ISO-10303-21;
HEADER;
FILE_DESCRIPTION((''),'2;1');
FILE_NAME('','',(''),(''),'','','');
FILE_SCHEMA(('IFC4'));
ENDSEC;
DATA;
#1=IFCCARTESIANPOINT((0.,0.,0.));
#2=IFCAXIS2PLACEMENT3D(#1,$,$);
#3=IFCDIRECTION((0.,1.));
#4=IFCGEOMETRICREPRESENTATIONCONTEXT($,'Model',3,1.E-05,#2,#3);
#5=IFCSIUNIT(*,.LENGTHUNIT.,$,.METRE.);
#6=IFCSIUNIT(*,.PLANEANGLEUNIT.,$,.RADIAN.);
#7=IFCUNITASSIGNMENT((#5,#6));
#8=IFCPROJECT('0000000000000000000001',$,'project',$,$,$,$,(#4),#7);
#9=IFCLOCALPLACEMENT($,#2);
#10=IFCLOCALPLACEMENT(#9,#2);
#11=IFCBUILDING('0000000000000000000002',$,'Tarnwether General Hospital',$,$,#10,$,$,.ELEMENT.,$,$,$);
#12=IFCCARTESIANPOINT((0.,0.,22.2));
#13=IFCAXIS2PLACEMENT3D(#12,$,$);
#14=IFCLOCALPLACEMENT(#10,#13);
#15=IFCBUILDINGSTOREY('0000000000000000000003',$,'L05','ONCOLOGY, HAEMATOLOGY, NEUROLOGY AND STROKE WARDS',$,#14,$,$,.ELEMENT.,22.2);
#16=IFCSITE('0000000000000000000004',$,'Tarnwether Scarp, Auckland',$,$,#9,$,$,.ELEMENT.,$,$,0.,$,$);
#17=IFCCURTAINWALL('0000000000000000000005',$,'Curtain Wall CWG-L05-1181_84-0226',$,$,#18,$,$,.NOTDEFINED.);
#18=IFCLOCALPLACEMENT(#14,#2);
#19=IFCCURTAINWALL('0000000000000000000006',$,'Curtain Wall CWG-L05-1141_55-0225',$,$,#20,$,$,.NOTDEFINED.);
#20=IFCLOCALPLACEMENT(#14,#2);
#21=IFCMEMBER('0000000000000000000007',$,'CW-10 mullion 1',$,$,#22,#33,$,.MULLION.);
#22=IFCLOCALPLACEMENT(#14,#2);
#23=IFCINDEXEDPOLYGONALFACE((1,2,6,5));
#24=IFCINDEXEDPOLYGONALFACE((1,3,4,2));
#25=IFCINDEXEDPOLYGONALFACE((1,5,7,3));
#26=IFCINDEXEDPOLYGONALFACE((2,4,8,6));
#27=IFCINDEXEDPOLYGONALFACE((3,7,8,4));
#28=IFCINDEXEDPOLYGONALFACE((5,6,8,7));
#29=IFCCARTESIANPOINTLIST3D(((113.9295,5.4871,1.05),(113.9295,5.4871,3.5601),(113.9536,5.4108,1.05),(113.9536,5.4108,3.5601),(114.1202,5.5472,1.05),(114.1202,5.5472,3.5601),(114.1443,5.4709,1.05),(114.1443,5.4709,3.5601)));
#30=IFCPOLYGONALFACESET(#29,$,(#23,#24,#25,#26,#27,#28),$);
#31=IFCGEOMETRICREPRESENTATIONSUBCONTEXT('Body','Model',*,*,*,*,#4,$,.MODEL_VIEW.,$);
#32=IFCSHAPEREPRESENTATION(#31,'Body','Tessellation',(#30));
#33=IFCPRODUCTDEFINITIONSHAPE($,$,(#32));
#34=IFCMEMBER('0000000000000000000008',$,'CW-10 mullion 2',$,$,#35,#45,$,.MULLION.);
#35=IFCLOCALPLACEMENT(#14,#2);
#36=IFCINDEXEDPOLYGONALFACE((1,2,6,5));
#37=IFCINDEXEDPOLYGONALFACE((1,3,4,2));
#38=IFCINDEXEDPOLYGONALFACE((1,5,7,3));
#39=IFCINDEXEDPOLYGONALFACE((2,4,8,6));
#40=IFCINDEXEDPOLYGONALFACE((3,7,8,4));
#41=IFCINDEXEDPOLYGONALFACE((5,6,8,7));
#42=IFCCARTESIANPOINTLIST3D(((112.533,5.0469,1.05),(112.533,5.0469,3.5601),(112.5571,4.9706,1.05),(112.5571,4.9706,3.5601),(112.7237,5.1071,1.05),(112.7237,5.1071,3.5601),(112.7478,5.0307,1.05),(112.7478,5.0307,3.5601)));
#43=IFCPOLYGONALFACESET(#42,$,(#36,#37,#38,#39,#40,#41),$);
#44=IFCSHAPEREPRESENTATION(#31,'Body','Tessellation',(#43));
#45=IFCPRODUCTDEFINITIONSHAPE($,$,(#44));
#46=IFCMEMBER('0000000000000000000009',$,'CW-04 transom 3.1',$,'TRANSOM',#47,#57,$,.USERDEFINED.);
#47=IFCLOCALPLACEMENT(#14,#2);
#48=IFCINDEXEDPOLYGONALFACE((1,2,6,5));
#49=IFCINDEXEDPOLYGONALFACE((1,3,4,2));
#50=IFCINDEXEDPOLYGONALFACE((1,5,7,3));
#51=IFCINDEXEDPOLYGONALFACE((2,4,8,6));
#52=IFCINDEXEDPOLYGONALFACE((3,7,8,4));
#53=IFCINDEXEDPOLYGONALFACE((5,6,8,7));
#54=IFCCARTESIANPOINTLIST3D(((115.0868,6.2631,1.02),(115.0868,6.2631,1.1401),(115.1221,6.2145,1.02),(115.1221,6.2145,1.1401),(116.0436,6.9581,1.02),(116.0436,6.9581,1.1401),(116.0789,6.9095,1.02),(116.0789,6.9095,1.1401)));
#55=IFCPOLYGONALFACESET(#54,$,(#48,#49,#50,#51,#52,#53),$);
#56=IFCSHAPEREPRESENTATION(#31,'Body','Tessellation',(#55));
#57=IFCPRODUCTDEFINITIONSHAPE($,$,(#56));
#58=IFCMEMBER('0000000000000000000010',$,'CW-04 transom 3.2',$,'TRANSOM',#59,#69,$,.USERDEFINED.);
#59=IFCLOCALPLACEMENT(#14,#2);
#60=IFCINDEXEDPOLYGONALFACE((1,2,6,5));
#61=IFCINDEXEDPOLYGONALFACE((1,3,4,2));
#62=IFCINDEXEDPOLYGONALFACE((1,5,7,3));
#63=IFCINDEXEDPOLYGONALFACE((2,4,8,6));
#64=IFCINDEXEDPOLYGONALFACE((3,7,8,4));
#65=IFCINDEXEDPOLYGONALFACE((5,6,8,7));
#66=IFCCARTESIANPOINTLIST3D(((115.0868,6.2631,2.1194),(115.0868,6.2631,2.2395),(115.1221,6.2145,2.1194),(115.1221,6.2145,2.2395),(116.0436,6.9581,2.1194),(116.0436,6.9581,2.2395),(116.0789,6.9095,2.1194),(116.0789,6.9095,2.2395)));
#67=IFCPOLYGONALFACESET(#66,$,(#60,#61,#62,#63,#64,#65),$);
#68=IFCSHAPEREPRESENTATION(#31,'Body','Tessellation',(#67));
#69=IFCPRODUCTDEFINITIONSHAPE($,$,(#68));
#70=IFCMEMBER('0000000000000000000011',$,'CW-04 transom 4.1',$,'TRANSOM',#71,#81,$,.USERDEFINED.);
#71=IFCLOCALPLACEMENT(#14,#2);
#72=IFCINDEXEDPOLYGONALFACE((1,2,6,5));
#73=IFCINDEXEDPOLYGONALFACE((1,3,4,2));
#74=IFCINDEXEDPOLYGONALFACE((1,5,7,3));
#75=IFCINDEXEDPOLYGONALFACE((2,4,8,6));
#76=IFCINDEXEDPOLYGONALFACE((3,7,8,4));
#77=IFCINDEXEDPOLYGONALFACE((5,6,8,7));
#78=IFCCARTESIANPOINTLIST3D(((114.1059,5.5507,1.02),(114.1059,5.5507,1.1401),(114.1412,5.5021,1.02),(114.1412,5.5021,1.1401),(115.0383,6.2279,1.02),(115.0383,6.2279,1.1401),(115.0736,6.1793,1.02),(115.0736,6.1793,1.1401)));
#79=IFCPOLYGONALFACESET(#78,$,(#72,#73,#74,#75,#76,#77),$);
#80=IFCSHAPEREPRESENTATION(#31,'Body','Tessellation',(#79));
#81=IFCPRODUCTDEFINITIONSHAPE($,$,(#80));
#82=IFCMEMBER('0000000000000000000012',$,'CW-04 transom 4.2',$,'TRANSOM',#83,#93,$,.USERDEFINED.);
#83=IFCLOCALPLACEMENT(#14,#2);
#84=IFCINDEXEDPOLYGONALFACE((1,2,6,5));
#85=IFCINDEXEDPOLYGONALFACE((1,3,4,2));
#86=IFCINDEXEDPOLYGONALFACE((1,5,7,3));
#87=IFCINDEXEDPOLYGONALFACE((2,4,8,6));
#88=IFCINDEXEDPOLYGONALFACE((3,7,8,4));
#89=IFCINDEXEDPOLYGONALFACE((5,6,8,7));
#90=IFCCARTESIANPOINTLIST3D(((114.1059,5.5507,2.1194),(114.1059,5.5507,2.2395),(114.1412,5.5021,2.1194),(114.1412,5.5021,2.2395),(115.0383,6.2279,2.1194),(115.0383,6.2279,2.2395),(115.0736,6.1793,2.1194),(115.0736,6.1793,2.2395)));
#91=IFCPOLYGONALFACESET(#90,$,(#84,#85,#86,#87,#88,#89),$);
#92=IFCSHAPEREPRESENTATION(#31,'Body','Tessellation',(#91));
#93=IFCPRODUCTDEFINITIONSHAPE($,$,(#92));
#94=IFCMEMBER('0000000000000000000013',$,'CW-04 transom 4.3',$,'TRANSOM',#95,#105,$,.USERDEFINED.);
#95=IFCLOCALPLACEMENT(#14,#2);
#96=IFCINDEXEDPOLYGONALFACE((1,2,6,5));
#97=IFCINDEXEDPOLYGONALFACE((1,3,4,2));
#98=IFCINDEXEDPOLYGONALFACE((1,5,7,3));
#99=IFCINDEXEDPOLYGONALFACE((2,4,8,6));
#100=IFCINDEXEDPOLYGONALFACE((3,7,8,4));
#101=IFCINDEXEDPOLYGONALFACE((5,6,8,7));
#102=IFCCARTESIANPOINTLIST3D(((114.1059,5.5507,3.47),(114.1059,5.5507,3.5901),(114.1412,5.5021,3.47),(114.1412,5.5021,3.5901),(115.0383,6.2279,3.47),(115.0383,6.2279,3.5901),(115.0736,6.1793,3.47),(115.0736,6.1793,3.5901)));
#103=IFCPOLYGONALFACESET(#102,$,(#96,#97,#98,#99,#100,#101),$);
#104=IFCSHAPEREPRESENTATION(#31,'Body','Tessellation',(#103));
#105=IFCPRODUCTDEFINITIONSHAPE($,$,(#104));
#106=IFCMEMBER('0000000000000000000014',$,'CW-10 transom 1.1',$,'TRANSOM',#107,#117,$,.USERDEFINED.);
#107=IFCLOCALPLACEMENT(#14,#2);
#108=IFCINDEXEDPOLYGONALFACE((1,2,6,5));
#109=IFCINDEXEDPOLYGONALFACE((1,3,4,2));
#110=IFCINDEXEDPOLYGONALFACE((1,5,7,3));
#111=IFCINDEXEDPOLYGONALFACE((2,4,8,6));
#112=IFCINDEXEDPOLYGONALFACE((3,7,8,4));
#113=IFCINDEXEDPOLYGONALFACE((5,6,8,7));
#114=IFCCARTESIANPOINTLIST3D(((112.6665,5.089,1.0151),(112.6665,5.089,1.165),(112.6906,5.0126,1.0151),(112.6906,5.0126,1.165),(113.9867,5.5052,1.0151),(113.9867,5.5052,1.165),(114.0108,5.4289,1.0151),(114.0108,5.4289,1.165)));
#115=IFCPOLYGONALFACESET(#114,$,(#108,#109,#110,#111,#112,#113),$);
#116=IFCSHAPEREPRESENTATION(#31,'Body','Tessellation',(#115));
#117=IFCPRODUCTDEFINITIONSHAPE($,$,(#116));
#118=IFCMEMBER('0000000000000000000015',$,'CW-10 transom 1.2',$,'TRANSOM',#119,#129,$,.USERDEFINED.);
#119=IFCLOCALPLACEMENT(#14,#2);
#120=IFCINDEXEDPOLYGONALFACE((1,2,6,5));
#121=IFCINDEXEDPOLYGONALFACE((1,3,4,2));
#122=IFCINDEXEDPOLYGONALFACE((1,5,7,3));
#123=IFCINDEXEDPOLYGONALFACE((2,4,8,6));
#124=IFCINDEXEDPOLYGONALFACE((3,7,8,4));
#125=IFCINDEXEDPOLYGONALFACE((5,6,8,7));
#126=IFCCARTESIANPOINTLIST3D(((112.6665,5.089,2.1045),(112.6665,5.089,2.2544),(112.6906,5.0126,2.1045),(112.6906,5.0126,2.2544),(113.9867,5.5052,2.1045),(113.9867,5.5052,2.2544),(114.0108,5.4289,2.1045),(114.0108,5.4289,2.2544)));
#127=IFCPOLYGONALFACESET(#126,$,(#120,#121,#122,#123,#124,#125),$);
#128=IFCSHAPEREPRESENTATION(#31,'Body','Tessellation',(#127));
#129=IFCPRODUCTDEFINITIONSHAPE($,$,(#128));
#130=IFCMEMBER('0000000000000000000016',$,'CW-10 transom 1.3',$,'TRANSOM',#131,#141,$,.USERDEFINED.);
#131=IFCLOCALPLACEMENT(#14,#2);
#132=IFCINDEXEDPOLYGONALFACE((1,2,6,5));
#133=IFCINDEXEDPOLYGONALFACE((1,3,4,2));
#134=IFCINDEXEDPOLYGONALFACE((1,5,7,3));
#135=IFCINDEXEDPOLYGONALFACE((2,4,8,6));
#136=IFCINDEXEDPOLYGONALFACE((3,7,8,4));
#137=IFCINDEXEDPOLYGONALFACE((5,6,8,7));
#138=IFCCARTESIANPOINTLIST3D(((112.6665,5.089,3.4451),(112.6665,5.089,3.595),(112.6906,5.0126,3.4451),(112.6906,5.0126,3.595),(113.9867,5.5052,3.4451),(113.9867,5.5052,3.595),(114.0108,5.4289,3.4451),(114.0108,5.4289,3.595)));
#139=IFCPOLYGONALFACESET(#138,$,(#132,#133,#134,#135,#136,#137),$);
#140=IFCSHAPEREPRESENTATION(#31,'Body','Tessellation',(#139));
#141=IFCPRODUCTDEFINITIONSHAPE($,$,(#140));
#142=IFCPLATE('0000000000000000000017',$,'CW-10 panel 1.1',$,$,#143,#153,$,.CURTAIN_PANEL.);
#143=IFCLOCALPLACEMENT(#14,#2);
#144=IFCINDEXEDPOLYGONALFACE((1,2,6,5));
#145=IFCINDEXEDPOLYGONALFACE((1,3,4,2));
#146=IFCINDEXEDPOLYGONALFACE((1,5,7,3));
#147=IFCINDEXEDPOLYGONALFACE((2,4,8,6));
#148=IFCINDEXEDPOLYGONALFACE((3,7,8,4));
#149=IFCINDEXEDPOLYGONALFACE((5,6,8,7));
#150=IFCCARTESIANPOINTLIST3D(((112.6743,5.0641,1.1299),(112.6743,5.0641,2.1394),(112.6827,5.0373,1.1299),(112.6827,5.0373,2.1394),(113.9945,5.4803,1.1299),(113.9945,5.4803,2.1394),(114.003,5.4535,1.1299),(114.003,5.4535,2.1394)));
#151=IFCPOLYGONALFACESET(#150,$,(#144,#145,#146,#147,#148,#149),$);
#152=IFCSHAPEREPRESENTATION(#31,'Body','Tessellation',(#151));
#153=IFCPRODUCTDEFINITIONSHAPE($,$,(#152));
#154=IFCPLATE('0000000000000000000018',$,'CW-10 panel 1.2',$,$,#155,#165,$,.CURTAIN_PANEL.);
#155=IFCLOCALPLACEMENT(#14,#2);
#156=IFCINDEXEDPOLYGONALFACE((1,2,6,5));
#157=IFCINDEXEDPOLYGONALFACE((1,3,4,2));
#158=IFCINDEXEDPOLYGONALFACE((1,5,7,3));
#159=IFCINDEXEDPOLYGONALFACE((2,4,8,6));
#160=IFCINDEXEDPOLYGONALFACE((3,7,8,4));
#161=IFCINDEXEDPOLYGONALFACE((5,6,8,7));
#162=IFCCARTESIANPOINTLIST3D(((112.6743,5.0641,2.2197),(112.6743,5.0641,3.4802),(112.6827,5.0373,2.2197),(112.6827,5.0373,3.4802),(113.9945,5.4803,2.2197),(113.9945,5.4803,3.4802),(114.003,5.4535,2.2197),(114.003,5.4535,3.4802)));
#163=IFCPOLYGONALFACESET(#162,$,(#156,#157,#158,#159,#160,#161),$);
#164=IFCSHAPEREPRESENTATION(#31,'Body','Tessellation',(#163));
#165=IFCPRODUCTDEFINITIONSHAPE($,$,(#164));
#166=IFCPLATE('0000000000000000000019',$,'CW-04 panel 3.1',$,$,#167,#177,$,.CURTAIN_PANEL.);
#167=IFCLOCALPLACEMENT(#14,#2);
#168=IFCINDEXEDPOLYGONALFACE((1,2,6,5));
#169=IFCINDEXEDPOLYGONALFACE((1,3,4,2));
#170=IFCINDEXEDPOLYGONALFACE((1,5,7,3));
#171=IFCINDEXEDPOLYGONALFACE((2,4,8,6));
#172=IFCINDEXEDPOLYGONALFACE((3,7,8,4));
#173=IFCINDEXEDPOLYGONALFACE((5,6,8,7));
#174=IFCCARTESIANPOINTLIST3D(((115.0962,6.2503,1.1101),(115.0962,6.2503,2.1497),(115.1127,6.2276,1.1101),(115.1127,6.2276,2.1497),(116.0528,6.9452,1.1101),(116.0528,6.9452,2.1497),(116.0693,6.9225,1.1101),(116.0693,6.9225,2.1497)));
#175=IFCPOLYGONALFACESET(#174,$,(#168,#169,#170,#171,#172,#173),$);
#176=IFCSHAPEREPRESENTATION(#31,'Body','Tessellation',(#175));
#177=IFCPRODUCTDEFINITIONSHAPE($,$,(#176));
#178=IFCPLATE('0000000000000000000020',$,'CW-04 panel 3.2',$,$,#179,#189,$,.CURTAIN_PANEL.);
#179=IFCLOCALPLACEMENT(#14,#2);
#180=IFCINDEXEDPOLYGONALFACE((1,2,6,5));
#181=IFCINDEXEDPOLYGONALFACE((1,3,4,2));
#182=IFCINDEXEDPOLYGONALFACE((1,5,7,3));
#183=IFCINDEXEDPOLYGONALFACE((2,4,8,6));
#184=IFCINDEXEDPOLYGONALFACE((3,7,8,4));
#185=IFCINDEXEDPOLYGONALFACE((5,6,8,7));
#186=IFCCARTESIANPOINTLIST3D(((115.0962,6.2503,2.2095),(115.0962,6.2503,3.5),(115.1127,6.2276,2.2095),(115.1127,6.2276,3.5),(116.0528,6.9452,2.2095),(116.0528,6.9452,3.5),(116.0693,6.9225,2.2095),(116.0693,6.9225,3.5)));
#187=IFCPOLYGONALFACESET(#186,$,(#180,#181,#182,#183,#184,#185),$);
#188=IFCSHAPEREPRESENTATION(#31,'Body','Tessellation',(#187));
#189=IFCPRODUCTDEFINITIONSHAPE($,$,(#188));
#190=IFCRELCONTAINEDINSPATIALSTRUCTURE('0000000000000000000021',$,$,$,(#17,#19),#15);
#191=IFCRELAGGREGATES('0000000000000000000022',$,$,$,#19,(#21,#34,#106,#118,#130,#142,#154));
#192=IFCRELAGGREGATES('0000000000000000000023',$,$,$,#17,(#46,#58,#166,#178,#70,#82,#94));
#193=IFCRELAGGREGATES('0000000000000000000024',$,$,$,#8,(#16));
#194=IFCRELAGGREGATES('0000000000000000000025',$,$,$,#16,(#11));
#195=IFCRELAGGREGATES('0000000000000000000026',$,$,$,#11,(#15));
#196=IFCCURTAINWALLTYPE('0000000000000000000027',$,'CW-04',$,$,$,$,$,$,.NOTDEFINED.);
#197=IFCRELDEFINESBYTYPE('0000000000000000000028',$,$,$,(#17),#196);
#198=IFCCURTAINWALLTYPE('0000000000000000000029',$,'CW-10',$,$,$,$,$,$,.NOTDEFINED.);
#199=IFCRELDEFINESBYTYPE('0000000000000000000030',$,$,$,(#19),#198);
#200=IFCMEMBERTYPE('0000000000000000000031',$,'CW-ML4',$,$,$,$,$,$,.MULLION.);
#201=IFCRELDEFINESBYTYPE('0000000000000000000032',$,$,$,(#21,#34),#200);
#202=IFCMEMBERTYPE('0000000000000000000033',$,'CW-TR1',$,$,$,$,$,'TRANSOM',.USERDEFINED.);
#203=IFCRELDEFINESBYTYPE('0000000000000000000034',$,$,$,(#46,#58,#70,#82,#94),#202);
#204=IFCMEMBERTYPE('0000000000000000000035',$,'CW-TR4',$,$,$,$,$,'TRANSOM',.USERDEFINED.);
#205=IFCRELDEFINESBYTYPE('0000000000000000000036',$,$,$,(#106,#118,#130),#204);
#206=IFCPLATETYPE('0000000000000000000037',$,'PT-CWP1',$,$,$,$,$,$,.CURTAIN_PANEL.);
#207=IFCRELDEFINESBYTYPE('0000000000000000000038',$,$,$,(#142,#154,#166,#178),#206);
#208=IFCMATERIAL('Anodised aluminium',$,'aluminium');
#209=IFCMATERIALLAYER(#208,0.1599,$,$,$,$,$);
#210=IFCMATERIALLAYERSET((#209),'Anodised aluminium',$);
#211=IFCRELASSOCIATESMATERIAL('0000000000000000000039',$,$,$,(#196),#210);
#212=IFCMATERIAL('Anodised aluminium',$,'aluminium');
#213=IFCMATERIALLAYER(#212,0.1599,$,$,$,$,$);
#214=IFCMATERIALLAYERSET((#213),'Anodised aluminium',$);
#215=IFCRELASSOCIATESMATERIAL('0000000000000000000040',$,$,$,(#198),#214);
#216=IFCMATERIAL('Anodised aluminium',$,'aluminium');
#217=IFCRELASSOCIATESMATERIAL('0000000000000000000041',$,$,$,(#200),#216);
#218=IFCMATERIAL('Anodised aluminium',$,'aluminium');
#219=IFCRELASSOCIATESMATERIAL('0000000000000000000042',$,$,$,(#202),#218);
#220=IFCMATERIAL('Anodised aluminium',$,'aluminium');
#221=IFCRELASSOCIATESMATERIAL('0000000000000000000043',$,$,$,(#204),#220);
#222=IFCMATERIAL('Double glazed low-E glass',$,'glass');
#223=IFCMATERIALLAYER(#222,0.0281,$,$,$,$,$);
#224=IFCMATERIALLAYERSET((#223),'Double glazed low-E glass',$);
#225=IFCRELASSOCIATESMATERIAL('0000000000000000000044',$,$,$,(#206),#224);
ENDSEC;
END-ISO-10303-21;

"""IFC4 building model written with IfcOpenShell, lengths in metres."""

from ifc_helpers import new_model, si_unit, direction, frame, origin, origin_2d, place, context, subcontext, project, spatial, rectangle, extrude, material, layer, layer_set, material_profile, profile_set, type_object, element, aggregate, save


model = new_model("IFC4")

# Units and contexts
model_context = context("Model", 3, precision=1e-05, world=origin(), true_north=direction((0.0, 1.0)))
body_context = subcontext(model_context, "Body", "Model", "MODEL_VIEW")
ifc_project = project(units=[si_unit("LENGTHUNIT", "METRE"), si_unit("PLANEANGLEUNIT", "RADIAN")], contexts=[model_context])

# Site, building, storey
site_placement = place(None, origin())
site = spatial("IfcSite", under=ifc_project, at=site_placement, Name="Tarnwether Scarp, Auckland", CompositionType="ELEMENT", RefElevation=0.0)
building_placement = place(site_placement, origin())
building = spatial("IfcBuilding", under=site, at=building_placement, Name="Tarnwether General Hospital", CompositionType="ELEMENT")
storey_placement = place(building_placement, frame((0.0, 0.0, 22.2)))
storey = spatial("IfcBuildingStorey", under=building, at=storey_placement, Name="L05", Description="ONCOLOGY, HAEMATOLOGY, NEUROLOGY AND STROKE WARDS", CompositionType="ELEMENT", Elevation=22.2)

# Curtain walls, members
ifc_material_1 = material(Name="Anodised aluminium", Category="aluminium")
ifc_layer_1 = layer(ifc_material_1, 0.1599)
ifc_layer_set_1 = layer_set([ifc_layer_1], Name="Anodised aluminium")
curtain_wall_type_1 = type_object("IfcCurtainWallType", Name="CW-04", PredefinedType="NOTDEFINED", material=ifc_layer_set_1)
curtain_wall_1_placement = place(storey_placement, origin())
curtain_wall_1 = element("IfcCurtainWall", 1, at=curtain_wall_1_placement, inside=storey, type_object=curtain_wall_type_1, Name="Curtain Wall CWG-L05-1181_84-0226", PredefinedType="NOTDEFINED")
ifc_material_2 = material(Name="Anodised aluminium", Category="aluminium")
ifc_layer_2 = layer(ifc_material_2, 0.1599)
ifc_layer_set_2 = layer_set([ifc_layer_2], Name="Anodised aluminium")
curtain_wall_type_2 = type_object("IfcCurtainWallType", Name="CW-10", PredefinedType="NOTDEFINED", material=ifc_layer_set_2)
curtain_wall_2_placement = place(storey_placement, origin())
curtain_wall_2 = element("IfcCurtainWall", 2, at=curtain_wall_2_placement, inside=storey, type_object=curtain_wall_type_2, Name="Curtain Wall CWG-L05-1141_55-0225", PredefinedType="NOTDEFINED")
ifc_material_3 = material(Name="Anodised aluminium", Category="aluminium")
ifc_material_profile_1 = material_profile(ifc_material_3, rectangle(XDim=0.0801, YDim=0.2, at=origin_2d()), Name="ALU-MUL-80x200")
ifc_profile_set_1 = profile_set([ifc_material_profile_1], Name="Anodised aluminium")
member_type_1 = type_object("IfcMemberType", Name="CW-ML4", PredefinedType="MULLION", material=ifc_profile_set_1)
member_1_placement = place(storey_placement, frame((114.0369, 5.479, 1.05), z_axis=(0.0, 0.0, 1.0), x_axis=(0.300629, -0.953741, 0.0)))
member_1 = element("IfcMember", 3, at=member_1_placement, type_object=member_type_1, Name="CW-10 mullion 1", PredefinedType="MULLION", context=body_context, shape_type="SweptSolid", body=[
    extrude(rectangle(XDim=0.0801, YDim=0.2, at=origin_2d()), origin(), (0.0, 0.0, 1.0), 2.51),
])
member_2_placement = place(storey_placement, frame((112.6404, 5.0388, 1.05), z_axis=(0.0, 0.0, 1.0), x_axis=(0.300629, -0.953741, 0.0)))
member_2 = element("IfcMember", 4, at=member_2_placement, type_object=member_type_1, Name="CW-10 mullion 2", PredefinedType="MULLION", context=body_context, shape_type="SweptSolid", body=[
    extrude(rectangle(XDim=0.0801, YDim=0.2, at=origin_2d()), origin(), (0.0, 0.0, 1.0), 2.51),
])

# Members
ifc_material_4 = material(Name="Anodised aluminium", Category="aluminium")
ifc_material_profile_2 = material_profile(ifc_material_4, rectangle(XDim=0.0601, YDim=0.1201, at=origin_2d()), Name="ALU-TRN-60x120")
ifc_profile_set_2 = profile_set([ifc_material_profile_2], Name="Anodised aluminium")
member_type_2 = type_object("IfcMemberType", Name="CW-TR1", ElementType="TRANSOM", PredefinedType="USERDEFINED", material=ifc_profile_set_2)
member_3_placement = place(storey_placement, frame((116.0613, 6.9338, 1.0801), z_axis=(-0.809048, -0.587742, 0.0), x_axis=(0.587742, -0.809048, 0.0)))
member_3 = element("IfcMember", 5, at=member_3_placement, type_object=member_type_2, Name="CW-04 transom 3.1", ObjectType="TRANSOM", PredefinedType="USERDEFINED", context=body_context, shape_type="SweptSolid", body=[
    extrude(rectangle(XDim=0.0601, YDim=0.1201, at=origin_2d()), origin(), (0.0, 0.0, 1.0), 1.1826),
])
member_4_placement = place(storey_placement, frame((116.0613, 6.9338, 2.1794), z_axis=(-0.809048, -0.587742, 0.0), x_axis=(0.587742, -0.809048, 0.0)))
member_4 = element("IfcMember", 6, at=member_4_placement, type_object=member_type_2, Name="CW-04 transom 3.2", ObjectType="TRANSOM", PredefinedType="USERDEFINED", context=body_context, shape_type="SweptSolid", body=[
    extrude(rectangle(XDim=0.0601, YDim=0.1201, at=origin_2d()), origin(), (0.0, 0.0, 1.0), 1.1826),
])
member_5_placement = place(storey_placement, frame((115.0559, 6.2036, 1.0801), z_axis=(-0.809084, -0.587693, 0.0), x_axis=(0.587693, -0.809084, 0.0)))
member_5 = element("IfcMember", 7, at=member_5_placement, type_object=member_type_2, Name="CW-04 transom 4.1", ObjectType="TRANSOM", PredefinedType="USERDEFINED", context=body_context, shape_type="SweptSolid", body=[
    extrude(rectangle(XDim=0.0601, YDim=0.1201, at=origin_2d()), origin(), (0.0, 0.0, 1.0), 1.1523),
])
member_6_placement = place(storey_placement, frame((115.0559, 6.2036, 2.1794), z_axis=(-0.809084, -0.587693, 0.0), x_axis=(0.587693, -0.809084, 0.0)))
member_6 = element("IfcMember", 8, at=member_6_placement, type_object=member_type_2, Name="CW-04 transom 4.2", ObjectType="TRANSOM", PredefinedType="USERDEFINED", context=body_context, shape_type="SweptSolid", body=[
    extrude(rectangle(XDim=0.0601, YDim=0.1201, at=origin_2d()), origin(), (0.0, 0.0, 1.0), 1.1523),
])
member_7_placement = place(storey_placement, frame((115.0559, 6.2036, 3.53), z_axis=(-0.809084, -0.587693, 0.0), x_axis=(0.587693, -0.809084, 0.0)))
member_7 = element("IfcMember", 9, at=member_7_placement, type_object=member_type_2, Name="CW-04 transom 4.3", ObjectType="TRANSOM", PredefinedType="USERDEFINED", context=body_context, shape_type="SweptSolid", body=[
    extrude(rectangle(XDim=0.0601, YDim=0.1201, at=origin_2d()), origin(), (0.0, 0.0, 1.0), 1.1523),
])
ifc_material_5 = material(Name="Anodised aluminium", Category="aluminium")
ifc_material_profile_3 = material_profile(ifc_material_5, rectangle(XDim=0.0801, YDim=0.1499, at=origin_2d()), Name="ALU-TRN-80x150")
ifc_profile_set_3 = profile_set([ifc_material_profile_3], Name="Anodised aluminium")
member_type_3 = type_object("IfcMemberType", Name="CW-TR4", ElementType="TRANSOM", PredefinedType="USERDEFINED", material=ifc_profile_set_3)
member_8_placement = place(storey_placement, frame((113.9988, 5.467, 1.0901), z_axis=(-0.953724, -0.300684, 0.0), x_axis=(0.300684, -0.953724, 0.0)))
member_8 = element("IfcMember", 10, at=member_8_placement, type_object=member_type_3, Name="CW-10 transom 1.1", ObjectType="TRANSOM", PredefinedType="USERDEFINED", context=body_context, shape_type="SweptSolid", body=[
    extrude(rectangle(XDim=0.0801, YDim=0.1499, at=origin_2d()), origin(), (0.0, 0.0, 1.0), 1.3843),
])
member_9_placement = place(storey_placement, frame((113.9988, 5.467, 2.1794), z_axis=(-0.953724, -0.300684, 0.0), x_axis=(0.300684, -0.953724, 0.0)))
member_9 = element("IfcMember", 11, at=member_9_placement, type_object=member_type_3, Name="CW-10 transom 1.2", ObjectType="TRANSOM", PredefinedType="USERDEFINED", context=body_context, shape_type="SweptSolid", body=[
    extrude(rectangle(XDim=0.0801, YDim=0.1499, at=origin_2d()), origin(), (0.0, 0.0, 1.0), 1.3843),
])
member_10_placement = place(storey_placement, frame((113.9988, 5.467, 3.52), z_axis=(-0.953724, -0.300684, 0.0), x_axis=(0.300684, -0.953724, 0.0)))
member_10 = element("IfcMember", 12, at=member_10_placement, type_object=member_type_3, Name="CW-10 transom 1.3", ObjectType="TRANSOM", PredefinedType="USERDEFINED", context=body_context, shape_type="SweptSolid", body=[
    extrude(rectangle(XDim=0.0801, YDim=0.1499, at=origin_2d()), origin(), (0.0, 0.0, 1.0), 1.3843),
])

# Plates
ifc_material_6 = material(Name="Double glazed low-E glass", Category="glass")
ifc_layer_3 = layer(ifc_material_6, 0.0281)
ifc_layer_set_3 = layer_set([ifc_layer_3], Name="Double glazed low-E glass")
plate_type_1 = type_object("IfcPlateType", Name="PT-CWP1", PredefinedType="CURTAIN_PANEL", material=ifc_layer_set_3)
plate_1_placement = place(storey_placement, frame((113.3386, 5.2588, 1.1299), z_axis=(0.0, 0.0, 1.0), x_axis=(-0.953741, -0.300629, 0.0)))
plate_1 = element("IfcPlate", 13, at=plate_1_placement, type_object=plate_type_1, Name="CW-10 panel 1.1", PredefinedType="CURTAIN_PANEL", context=body_context, shape_type="SweptSolid", body=[
    extrude(rectangle(XDim=1.3843, YDim=0.0281, at=origin_2d()), origin(), (0.0, 0.0, 1.0), 1.0095),
])
plate_2_placement = place(storey_placement, frame((113.3386, 5.2588, 2.2197), z_axis=(0.0, 0.0, 1.0), x_axis=(-0.953741, -0.300629, 0.0)))
plate_2 = element("IfcPlate", 14, at=plate_2_placement, type_object=plate_type_1, Name="CW-10 panel 1.2", PredefinedType="CURTAIN_PANEL", context=body_context, shape_type="SweptSolid", body=[
    extrude(rectangle(XDim=1.3843, YDim=0.0281, at=origin_2d()), origin(), (0.0, 0.0, 1.0), 1.2605),
])
aggregate(curtain_wall_2, [member_1, member_2, member_8, member_9, member_10, plate_1, plate_2])
plate_3_placement = place(storey_placement, frame((115.5828, 6.5864, 1.1101), z_axis=(0.0, 0.0, 1.0), x_axis=(-0.809058, -0.587729, 0.0)))
plate_3 = element("IfcPlate", 15, at=plate_3_placement, type_object=plate_type_1, Name="CW-04 panel 3.1", PredefinedType="CURTAIN_PANEL", context=body_context, shape_type="SweptSolid", body=[
    extrude(rectangle(XDim=1.1824, YDim=0.0281, at=origin_2d()), origin(), (0.0, 0.0, 1.0), 1.0396),
])
plate_4_placement = place(storey_placement, frame((115.5828, 6.5864, 2.2095), z_axis=(0.0, 0.0, 1.0), x_axis=(-0.809058, -0.587729, 0.0)))
plate_4 = element("IfcPlate", 16, at=plate_4_placement, type_object=plate_type_1, Name="CW-04 panel 3.2", PredefinedType="CURTAIN_PANEL", context=body_context, shape_type="SweptSolid", body=[
    extrude(rectangle(XDim=1.1824, YDim=0.0281, at=origin_2d()), origin(), (0.0, 0.0, 1.0), 1.2905),
])
aggregate(curtain_wall_1, [member_3, member_4, plate_3, plate_4, member_5, member_6, member_7])

save(model, "model.ifc")
